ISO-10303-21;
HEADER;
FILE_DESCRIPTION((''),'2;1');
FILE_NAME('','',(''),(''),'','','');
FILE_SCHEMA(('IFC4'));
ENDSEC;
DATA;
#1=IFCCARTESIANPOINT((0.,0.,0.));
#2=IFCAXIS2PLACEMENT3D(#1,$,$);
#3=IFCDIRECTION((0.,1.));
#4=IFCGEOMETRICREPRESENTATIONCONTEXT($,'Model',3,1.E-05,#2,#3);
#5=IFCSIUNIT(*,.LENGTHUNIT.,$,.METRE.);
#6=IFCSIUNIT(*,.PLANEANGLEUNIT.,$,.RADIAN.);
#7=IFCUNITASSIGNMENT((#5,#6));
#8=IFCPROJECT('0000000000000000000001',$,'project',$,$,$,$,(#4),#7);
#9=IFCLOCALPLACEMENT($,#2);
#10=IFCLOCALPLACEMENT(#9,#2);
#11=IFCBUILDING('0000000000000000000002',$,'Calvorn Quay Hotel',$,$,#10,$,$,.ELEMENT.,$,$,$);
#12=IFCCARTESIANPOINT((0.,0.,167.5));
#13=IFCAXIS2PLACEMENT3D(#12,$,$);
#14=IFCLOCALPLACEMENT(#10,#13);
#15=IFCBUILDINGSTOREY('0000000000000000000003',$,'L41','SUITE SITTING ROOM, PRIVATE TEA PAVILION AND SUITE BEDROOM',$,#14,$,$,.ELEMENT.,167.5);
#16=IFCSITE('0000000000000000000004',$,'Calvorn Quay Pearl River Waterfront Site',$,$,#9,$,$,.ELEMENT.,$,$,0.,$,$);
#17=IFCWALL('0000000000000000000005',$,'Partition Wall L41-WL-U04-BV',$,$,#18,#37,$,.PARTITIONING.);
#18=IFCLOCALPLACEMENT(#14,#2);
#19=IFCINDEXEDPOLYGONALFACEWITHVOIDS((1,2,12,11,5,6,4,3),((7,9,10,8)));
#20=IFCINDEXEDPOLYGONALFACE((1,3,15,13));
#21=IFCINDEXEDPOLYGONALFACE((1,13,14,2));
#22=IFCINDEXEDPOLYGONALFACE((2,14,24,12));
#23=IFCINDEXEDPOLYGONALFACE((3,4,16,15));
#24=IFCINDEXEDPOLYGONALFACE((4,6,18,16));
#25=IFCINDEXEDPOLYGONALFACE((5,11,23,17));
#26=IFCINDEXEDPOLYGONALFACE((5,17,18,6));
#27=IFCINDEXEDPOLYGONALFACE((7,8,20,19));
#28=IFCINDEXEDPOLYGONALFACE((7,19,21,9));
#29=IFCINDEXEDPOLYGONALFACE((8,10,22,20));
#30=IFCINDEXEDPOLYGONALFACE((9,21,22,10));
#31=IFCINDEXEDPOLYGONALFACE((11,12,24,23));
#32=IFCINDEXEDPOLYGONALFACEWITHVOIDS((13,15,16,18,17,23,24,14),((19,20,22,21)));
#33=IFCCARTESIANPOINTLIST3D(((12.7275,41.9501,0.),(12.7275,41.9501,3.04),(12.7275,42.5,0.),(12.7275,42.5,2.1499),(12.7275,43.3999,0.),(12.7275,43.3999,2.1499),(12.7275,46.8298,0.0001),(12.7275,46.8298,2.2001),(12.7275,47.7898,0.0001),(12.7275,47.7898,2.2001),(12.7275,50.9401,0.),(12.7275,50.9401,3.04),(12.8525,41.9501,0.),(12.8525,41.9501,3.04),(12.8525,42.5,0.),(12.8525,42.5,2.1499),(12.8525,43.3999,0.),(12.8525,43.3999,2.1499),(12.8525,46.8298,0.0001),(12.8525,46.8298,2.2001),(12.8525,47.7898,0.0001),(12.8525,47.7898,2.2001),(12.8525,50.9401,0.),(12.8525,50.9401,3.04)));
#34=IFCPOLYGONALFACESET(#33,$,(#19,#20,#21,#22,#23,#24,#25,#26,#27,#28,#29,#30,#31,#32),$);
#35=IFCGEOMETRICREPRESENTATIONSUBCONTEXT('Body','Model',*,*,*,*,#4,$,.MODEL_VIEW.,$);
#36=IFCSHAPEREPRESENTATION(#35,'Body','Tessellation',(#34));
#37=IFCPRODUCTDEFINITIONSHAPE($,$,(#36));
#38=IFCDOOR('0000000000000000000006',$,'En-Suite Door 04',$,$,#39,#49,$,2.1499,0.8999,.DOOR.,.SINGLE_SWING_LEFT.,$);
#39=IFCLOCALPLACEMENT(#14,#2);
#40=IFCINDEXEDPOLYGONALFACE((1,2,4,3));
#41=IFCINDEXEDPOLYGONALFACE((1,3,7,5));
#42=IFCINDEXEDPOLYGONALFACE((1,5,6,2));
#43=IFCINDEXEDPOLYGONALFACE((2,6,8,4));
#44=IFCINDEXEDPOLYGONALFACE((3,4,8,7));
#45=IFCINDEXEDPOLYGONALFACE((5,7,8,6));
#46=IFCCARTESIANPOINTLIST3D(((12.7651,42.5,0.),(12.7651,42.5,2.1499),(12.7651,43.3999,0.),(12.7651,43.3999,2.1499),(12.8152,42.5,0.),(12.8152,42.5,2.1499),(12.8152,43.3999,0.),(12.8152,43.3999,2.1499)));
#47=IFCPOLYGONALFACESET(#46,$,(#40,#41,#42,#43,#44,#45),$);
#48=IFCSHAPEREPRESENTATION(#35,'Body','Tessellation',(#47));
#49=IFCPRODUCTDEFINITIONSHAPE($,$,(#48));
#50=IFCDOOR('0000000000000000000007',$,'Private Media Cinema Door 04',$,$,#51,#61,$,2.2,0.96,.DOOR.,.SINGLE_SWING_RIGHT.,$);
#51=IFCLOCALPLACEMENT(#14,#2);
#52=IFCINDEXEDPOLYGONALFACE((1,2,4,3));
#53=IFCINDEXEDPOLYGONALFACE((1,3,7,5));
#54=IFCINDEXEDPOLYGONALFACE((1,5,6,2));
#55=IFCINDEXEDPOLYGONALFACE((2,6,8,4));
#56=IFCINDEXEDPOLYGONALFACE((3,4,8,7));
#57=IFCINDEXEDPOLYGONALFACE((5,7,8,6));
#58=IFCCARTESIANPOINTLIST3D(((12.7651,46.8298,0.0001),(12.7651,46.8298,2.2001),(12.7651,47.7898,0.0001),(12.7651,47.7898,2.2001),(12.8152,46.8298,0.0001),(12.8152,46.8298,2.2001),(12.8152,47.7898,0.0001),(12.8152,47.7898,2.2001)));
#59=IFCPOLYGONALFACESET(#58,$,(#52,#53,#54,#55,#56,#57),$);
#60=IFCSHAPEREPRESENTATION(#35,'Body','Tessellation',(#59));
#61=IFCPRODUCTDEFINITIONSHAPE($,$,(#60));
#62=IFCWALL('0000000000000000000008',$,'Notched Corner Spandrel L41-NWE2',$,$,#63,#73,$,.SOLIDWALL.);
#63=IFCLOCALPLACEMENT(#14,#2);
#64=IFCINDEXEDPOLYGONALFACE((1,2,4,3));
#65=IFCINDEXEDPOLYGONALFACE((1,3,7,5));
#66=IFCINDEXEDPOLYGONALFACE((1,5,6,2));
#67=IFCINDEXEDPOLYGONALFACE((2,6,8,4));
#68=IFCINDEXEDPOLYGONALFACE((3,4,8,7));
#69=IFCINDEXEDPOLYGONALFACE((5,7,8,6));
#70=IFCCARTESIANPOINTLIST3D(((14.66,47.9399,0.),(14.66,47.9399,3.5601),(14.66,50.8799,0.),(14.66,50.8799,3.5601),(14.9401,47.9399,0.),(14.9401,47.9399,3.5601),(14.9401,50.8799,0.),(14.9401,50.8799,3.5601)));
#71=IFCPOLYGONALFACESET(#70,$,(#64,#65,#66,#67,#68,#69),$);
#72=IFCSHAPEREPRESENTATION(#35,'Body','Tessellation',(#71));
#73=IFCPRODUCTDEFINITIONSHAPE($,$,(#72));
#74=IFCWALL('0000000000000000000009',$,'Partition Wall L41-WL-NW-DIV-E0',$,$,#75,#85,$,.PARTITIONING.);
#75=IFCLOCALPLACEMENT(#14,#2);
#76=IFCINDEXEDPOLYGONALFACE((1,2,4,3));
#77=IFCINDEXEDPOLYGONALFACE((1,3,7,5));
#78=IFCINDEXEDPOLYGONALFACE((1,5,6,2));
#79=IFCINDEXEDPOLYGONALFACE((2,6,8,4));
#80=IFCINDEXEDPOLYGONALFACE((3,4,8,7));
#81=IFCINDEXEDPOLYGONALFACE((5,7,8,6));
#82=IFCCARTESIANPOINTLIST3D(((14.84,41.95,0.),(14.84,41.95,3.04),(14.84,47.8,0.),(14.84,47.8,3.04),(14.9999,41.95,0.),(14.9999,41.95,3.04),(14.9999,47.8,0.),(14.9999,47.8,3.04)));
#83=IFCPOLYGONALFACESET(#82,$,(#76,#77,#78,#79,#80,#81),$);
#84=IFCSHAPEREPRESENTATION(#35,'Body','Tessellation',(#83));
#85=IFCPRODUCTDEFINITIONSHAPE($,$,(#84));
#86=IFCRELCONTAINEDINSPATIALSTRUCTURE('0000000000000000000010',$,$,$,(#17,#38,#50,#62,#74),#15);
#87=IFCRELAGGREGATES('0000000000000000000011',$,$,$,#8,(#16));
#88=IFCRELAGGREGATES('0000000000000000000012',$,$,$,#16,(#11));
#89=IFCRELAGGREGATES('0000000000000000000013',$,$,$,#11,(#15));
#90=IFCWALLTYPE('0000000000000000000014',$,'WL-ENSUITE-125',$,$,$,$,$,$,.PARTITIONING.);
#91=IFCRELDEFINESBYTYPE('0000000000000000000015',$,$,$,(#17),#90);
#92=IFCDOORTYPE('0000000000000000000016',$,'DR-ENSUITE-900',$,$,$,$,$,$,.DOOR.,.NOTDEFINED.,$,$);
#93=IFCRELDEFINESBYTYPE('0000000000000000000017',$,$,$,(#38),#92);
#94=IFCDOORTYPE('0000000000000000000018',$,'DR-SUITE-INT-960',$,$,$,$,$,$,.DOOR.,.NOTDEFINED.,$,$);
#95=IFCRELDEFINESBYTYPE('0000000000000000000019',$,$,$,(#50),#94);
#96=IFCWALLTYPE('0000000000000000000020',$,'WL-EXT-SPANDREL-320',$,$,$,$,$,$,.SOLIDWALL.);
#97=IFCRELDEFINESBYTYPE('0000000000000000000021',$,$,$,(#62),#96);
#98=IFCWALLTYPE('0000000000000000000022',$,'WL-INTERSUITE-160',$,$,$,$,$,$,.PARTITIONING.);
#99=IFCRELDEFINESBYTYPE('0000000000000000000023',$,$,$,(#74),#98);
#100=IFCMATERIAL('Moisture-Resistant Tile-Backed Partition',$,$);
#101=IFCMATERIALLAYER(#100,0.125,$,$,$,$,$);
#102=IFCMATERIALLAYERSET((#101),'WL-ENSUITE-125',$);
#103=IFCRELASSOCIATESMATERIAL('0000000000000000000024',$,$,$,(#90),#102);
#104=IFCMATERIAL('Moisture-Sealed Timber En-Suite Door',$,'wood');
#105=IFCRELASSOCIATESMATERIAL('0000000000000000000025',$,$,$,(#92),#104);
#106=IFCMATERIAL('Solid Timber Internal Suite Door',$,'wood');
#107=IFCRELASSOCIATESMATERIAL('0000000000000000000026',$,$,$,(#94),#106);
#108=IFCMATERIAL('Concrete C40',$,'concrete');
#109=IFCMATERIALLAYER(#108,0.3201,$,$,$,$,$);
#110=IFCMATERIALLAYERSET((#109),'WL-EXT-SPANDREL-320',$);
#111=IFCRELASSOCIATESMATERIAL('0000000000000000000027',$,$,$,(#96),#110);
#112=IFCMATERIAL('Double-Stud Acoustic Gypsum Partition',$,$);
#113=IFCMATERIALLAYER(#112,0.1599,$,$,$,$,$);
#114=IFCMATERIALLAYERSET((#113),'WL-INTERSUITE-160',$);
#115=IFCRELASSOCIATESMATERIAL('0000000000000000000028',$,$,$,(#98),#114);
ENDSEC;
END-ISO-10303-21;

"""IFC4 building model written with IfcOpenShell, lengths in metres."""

from ifc_helpers import new_model, si_unit, direction, frame, frame_2d, origin, place, context, subcontext, project, spatial, rectangle, extrude, material, layer, layer_set, type_object, element, fill, save


model = new_model("IFC4")

# Units and contexts
model_context = context("Model", 3, precision=1e-05, world=origin(), true_north=direction((0.0, 1.0)))
body_context = subcontext(model_context, "Body", "Model", "MODEL_VIEW")
ifc_project = project(units=[si_unit("LENGTHUNIT", "METRE"), si_unit("PLANEANGLEUNIT", "RADIAN")], contexts=[model_context])

# Site, building, storey
site_placement = place(None, origin())
site = spatial("IfcSite", under=ifc_project, at=site_placement, Name="Calvorn Quay Pearl River Waterfront Site", CompositionType="ELEMENT", RefElevation=0.0)
building_placement = place(site_placement, origin())
building = spatial("IfcBuilding", under=site, at=building_placement, Name="Calvorn Quay Hotel", CompositionType="ELEMENT")
storey_placement = place(building_placement, frame((0.0, 0.0, 167.5)))
storey = spatial("IfcBuildingStorey", under=building, at=storey_placement, Name="L41", Description="SUITE SITTING ROOM, PRIVATE TEA PAVILION AND SUITE BEDROOM", CompositionType="ELEMENT", Elevation=167.5)

# Shared definitions
ifc_material_1 = material(Name="Moisture-Resistant Tile-Backed Partition")
ifc_layer_1 = layer(ifc_material_1, 0.125)
ifc_layer_set_1 = layer_set([ifc_layer_1], Name="WL-ENSUITE-125")
wall_type_1 = type_object("IfcWallType", Name="WL-ENSUITE-125", PredefinedType="PARTITIONING", material=ifc_layer_set_1)

# Wall, openings, doors
wall_1_placement = place(storey_placement, frame((12.79, 41.95, 0.0), z_axis=(0.0, 0.0, 1.0), x_axis=(0.0, 1.0, 0.0)))
wall_1 = element("IfcWall", 1, at=wall_1_placement, inside=storey, type_object=wall_type_1, Name="Partition Wall L41-WL-U04-BV", PredefinedType="PARTITIONING", context=body_context, shape_type="SweptSolid", body=[
    extrude(rectangle(XDim=8.99, YDim=0.125, at=frame_2d((4.4951, 0.0))), origin(), (0.0, 0.0, 1.0), 3.04),
])
opening_1_placement = place(wall_1_placement, frame((0.55, 0.0, 0.0)))
opening_1 = element("IfcOpeningElement", 2, at=opening_1_placement, cuts=wall_1, PredefinedType="OPENING", context=body_context, shape_type="SweptSolid", body=[
    extrude(rectangle(XDim=0.8999, YDim=2.1499, at=frame_2d((0.45, 1.075))), frame((0.0, 0.0725, 0.0), z_axis=(0.0, -1.0, 0.0), x_axis=(1.0, 0.0, 0.0)), (0.0, 0.0, 1.0), 0.145),
])
opening_2_placement = place(wall_1_placement, frame((4.8799, 0.0, 0.0)))
opening_2 = element("IfcOpeningElement", 3, at=opening_2_placement, cuts=wall_1, PredefinedType="OPENING", context=body_context, shape_type="SweptSolid", body=[
    extrude(rectangle(XDim=0.96, YDim=2.2, at=frame_2d((0.48, 1.1001))), frame((0.0, 0.0725, 0.0), z_axis=(0.0, -1.0, 0.0), x_axis=(1.0, 0.0, 0.0)), (0.0, 0.0, 1.0), 0.145),
])
ifc_material_2 = material(Name="Moisture-Sealed Timber En-Suite Door", Category="wood")
door_type_1 = type_object("IfcDoorType", Name="DR-ENSUITE-900", OperationType="NOTDEFINED", PredefinedType="DOOR", material=ifc_material_2)
door_1_placement = place(opening_1_placement, origin())
door_1 = element("IfcDoor", 4, at=door_1_placement, inside=storey, type_object=door_type_1, Name="En-Suite Door 04", OperationType="SINGLE_SWING_LEFT", OverallHeight=2.1499, OverallWidth=0.8999, PredefinedType="DOOR", context=body_context, shape_type="SweptSolid", body=[
    extrude(rectangle(XDim=0.8999, YDim=2.1499, at=frame_2d((0.45, 1.075))), frame((0.0, 0.0249, 0.0), z_axis=(0.0, -1.0, 0.0), x_axis=(1.0, 0.0, 0.0)), (0.0, 0.0, 1.0), 0.05),
])
fill(opening_1, door_1)
ifc_material_3 = material(Name="Solid Timber Internal Suite Door", Category="wood")
door_type_2 = type_object("IfcDoorType", Name="DR-SUITE-INT-960", OperationType="NOTDEFINED", PredefinedType="DOOR", material=ifc_material_3)
door_2_placement = place(opening_2_placement, origin())
door_2 = element("IfcDoor", 5, at=door_2_placement, inside=storey, type_object=door_type_2, Name="Private Media Cinema Door 04", OperationType="SINGLE_SWING_RIGHT", OverallHeight=2.2, OverallWidth=0.96, PredefinedType="DOOR", context=body_context, shape_type="SweptSolid", body=[
    extrude(rectangle(XDim=0.96, YDim=2.2, at=frame_2d((0.48, 1.1001))), frame((0.0, 0.0249, 0.0), z_axis=(0.0, -1.0, 0.0), x_axis=(1.0, 0.0, 0.0)), (0.0, 0.0, 1.0), 0.05),
])
fill(opening_2, door_2)

# Walls
ifc_material_4 = material(Name="Concrete C40", Category="concrete")
ifc_layer_2 = layer(ifc_material_4, 0.3201)
ifc_layer_set_2 = layer_set([ifc_layer_2], Name="WL-EXT-SPANDREL-320")
wall_type_2 = type_object("IfcWallType", Name="WL-EXT-SPANDREL-320", PredefinedType="SOLIDWALL", material=ifc_layer_set_2)
wall_2_placement = place(storey_placement, frame((14.8, 47.9399, 0.0), z_axis=(0.0, 0.0, 1.0), x_axis=(0.0, 1.0, 0.0)))
element("IfcWall", 6, at=wall_2_placement, inside=storey, type_object=wall_type_2, Name="Notched Corner Spandrel L41-NWE2", PredefinedType="SOLIDWALL", context=body_context, shape_type="SweptSolid", body=[
    extrude(rectangle(XDim=2.9399, YDim=0.28, at=frame_2d((1.47, 0.0))), origin(), (0.0, 0.0, 1.0), 3.5601),
])
ifc_material_5 = material(Name="Double-Stud Acoustic Gypsum Partition")
ifc_layer_3 = layer(ifc_material_5, 0.1599)
ifc_layer_set_3 = layer_set([ifc_layer_3], Name="WL-INTERSUITE-160")
wall_type_3 = type_object("IfcWallType", Name="WL-INTERSUITE-160", PredefinedType="PARTITIONING", material=ifc_layer_set_3)
wall_3_placement = place(storey_placement, frame((14.9199, 41.95, 0.0), z_axis=(0.0, 0.0, 1.0), x_axis=(0.0, 1.0, 0.0)))
element("IfcWall", 7, at=wall_3_placement, inside=storey, type_object=wall_type_3, Name="Partition Wall L41-WL-NW-DIV-E0", PredefinedType="PARTITIONING", context=body_context, shape_type="SweptSolid", body=[
    extrude(rectangle(XDim=5.8501, YDim=0.1599, at=frame_2d((2.925, 0.0))), origin(), (0.0, 0.0, 1.0), 3.04),
])

save(model, "model.ifc")
